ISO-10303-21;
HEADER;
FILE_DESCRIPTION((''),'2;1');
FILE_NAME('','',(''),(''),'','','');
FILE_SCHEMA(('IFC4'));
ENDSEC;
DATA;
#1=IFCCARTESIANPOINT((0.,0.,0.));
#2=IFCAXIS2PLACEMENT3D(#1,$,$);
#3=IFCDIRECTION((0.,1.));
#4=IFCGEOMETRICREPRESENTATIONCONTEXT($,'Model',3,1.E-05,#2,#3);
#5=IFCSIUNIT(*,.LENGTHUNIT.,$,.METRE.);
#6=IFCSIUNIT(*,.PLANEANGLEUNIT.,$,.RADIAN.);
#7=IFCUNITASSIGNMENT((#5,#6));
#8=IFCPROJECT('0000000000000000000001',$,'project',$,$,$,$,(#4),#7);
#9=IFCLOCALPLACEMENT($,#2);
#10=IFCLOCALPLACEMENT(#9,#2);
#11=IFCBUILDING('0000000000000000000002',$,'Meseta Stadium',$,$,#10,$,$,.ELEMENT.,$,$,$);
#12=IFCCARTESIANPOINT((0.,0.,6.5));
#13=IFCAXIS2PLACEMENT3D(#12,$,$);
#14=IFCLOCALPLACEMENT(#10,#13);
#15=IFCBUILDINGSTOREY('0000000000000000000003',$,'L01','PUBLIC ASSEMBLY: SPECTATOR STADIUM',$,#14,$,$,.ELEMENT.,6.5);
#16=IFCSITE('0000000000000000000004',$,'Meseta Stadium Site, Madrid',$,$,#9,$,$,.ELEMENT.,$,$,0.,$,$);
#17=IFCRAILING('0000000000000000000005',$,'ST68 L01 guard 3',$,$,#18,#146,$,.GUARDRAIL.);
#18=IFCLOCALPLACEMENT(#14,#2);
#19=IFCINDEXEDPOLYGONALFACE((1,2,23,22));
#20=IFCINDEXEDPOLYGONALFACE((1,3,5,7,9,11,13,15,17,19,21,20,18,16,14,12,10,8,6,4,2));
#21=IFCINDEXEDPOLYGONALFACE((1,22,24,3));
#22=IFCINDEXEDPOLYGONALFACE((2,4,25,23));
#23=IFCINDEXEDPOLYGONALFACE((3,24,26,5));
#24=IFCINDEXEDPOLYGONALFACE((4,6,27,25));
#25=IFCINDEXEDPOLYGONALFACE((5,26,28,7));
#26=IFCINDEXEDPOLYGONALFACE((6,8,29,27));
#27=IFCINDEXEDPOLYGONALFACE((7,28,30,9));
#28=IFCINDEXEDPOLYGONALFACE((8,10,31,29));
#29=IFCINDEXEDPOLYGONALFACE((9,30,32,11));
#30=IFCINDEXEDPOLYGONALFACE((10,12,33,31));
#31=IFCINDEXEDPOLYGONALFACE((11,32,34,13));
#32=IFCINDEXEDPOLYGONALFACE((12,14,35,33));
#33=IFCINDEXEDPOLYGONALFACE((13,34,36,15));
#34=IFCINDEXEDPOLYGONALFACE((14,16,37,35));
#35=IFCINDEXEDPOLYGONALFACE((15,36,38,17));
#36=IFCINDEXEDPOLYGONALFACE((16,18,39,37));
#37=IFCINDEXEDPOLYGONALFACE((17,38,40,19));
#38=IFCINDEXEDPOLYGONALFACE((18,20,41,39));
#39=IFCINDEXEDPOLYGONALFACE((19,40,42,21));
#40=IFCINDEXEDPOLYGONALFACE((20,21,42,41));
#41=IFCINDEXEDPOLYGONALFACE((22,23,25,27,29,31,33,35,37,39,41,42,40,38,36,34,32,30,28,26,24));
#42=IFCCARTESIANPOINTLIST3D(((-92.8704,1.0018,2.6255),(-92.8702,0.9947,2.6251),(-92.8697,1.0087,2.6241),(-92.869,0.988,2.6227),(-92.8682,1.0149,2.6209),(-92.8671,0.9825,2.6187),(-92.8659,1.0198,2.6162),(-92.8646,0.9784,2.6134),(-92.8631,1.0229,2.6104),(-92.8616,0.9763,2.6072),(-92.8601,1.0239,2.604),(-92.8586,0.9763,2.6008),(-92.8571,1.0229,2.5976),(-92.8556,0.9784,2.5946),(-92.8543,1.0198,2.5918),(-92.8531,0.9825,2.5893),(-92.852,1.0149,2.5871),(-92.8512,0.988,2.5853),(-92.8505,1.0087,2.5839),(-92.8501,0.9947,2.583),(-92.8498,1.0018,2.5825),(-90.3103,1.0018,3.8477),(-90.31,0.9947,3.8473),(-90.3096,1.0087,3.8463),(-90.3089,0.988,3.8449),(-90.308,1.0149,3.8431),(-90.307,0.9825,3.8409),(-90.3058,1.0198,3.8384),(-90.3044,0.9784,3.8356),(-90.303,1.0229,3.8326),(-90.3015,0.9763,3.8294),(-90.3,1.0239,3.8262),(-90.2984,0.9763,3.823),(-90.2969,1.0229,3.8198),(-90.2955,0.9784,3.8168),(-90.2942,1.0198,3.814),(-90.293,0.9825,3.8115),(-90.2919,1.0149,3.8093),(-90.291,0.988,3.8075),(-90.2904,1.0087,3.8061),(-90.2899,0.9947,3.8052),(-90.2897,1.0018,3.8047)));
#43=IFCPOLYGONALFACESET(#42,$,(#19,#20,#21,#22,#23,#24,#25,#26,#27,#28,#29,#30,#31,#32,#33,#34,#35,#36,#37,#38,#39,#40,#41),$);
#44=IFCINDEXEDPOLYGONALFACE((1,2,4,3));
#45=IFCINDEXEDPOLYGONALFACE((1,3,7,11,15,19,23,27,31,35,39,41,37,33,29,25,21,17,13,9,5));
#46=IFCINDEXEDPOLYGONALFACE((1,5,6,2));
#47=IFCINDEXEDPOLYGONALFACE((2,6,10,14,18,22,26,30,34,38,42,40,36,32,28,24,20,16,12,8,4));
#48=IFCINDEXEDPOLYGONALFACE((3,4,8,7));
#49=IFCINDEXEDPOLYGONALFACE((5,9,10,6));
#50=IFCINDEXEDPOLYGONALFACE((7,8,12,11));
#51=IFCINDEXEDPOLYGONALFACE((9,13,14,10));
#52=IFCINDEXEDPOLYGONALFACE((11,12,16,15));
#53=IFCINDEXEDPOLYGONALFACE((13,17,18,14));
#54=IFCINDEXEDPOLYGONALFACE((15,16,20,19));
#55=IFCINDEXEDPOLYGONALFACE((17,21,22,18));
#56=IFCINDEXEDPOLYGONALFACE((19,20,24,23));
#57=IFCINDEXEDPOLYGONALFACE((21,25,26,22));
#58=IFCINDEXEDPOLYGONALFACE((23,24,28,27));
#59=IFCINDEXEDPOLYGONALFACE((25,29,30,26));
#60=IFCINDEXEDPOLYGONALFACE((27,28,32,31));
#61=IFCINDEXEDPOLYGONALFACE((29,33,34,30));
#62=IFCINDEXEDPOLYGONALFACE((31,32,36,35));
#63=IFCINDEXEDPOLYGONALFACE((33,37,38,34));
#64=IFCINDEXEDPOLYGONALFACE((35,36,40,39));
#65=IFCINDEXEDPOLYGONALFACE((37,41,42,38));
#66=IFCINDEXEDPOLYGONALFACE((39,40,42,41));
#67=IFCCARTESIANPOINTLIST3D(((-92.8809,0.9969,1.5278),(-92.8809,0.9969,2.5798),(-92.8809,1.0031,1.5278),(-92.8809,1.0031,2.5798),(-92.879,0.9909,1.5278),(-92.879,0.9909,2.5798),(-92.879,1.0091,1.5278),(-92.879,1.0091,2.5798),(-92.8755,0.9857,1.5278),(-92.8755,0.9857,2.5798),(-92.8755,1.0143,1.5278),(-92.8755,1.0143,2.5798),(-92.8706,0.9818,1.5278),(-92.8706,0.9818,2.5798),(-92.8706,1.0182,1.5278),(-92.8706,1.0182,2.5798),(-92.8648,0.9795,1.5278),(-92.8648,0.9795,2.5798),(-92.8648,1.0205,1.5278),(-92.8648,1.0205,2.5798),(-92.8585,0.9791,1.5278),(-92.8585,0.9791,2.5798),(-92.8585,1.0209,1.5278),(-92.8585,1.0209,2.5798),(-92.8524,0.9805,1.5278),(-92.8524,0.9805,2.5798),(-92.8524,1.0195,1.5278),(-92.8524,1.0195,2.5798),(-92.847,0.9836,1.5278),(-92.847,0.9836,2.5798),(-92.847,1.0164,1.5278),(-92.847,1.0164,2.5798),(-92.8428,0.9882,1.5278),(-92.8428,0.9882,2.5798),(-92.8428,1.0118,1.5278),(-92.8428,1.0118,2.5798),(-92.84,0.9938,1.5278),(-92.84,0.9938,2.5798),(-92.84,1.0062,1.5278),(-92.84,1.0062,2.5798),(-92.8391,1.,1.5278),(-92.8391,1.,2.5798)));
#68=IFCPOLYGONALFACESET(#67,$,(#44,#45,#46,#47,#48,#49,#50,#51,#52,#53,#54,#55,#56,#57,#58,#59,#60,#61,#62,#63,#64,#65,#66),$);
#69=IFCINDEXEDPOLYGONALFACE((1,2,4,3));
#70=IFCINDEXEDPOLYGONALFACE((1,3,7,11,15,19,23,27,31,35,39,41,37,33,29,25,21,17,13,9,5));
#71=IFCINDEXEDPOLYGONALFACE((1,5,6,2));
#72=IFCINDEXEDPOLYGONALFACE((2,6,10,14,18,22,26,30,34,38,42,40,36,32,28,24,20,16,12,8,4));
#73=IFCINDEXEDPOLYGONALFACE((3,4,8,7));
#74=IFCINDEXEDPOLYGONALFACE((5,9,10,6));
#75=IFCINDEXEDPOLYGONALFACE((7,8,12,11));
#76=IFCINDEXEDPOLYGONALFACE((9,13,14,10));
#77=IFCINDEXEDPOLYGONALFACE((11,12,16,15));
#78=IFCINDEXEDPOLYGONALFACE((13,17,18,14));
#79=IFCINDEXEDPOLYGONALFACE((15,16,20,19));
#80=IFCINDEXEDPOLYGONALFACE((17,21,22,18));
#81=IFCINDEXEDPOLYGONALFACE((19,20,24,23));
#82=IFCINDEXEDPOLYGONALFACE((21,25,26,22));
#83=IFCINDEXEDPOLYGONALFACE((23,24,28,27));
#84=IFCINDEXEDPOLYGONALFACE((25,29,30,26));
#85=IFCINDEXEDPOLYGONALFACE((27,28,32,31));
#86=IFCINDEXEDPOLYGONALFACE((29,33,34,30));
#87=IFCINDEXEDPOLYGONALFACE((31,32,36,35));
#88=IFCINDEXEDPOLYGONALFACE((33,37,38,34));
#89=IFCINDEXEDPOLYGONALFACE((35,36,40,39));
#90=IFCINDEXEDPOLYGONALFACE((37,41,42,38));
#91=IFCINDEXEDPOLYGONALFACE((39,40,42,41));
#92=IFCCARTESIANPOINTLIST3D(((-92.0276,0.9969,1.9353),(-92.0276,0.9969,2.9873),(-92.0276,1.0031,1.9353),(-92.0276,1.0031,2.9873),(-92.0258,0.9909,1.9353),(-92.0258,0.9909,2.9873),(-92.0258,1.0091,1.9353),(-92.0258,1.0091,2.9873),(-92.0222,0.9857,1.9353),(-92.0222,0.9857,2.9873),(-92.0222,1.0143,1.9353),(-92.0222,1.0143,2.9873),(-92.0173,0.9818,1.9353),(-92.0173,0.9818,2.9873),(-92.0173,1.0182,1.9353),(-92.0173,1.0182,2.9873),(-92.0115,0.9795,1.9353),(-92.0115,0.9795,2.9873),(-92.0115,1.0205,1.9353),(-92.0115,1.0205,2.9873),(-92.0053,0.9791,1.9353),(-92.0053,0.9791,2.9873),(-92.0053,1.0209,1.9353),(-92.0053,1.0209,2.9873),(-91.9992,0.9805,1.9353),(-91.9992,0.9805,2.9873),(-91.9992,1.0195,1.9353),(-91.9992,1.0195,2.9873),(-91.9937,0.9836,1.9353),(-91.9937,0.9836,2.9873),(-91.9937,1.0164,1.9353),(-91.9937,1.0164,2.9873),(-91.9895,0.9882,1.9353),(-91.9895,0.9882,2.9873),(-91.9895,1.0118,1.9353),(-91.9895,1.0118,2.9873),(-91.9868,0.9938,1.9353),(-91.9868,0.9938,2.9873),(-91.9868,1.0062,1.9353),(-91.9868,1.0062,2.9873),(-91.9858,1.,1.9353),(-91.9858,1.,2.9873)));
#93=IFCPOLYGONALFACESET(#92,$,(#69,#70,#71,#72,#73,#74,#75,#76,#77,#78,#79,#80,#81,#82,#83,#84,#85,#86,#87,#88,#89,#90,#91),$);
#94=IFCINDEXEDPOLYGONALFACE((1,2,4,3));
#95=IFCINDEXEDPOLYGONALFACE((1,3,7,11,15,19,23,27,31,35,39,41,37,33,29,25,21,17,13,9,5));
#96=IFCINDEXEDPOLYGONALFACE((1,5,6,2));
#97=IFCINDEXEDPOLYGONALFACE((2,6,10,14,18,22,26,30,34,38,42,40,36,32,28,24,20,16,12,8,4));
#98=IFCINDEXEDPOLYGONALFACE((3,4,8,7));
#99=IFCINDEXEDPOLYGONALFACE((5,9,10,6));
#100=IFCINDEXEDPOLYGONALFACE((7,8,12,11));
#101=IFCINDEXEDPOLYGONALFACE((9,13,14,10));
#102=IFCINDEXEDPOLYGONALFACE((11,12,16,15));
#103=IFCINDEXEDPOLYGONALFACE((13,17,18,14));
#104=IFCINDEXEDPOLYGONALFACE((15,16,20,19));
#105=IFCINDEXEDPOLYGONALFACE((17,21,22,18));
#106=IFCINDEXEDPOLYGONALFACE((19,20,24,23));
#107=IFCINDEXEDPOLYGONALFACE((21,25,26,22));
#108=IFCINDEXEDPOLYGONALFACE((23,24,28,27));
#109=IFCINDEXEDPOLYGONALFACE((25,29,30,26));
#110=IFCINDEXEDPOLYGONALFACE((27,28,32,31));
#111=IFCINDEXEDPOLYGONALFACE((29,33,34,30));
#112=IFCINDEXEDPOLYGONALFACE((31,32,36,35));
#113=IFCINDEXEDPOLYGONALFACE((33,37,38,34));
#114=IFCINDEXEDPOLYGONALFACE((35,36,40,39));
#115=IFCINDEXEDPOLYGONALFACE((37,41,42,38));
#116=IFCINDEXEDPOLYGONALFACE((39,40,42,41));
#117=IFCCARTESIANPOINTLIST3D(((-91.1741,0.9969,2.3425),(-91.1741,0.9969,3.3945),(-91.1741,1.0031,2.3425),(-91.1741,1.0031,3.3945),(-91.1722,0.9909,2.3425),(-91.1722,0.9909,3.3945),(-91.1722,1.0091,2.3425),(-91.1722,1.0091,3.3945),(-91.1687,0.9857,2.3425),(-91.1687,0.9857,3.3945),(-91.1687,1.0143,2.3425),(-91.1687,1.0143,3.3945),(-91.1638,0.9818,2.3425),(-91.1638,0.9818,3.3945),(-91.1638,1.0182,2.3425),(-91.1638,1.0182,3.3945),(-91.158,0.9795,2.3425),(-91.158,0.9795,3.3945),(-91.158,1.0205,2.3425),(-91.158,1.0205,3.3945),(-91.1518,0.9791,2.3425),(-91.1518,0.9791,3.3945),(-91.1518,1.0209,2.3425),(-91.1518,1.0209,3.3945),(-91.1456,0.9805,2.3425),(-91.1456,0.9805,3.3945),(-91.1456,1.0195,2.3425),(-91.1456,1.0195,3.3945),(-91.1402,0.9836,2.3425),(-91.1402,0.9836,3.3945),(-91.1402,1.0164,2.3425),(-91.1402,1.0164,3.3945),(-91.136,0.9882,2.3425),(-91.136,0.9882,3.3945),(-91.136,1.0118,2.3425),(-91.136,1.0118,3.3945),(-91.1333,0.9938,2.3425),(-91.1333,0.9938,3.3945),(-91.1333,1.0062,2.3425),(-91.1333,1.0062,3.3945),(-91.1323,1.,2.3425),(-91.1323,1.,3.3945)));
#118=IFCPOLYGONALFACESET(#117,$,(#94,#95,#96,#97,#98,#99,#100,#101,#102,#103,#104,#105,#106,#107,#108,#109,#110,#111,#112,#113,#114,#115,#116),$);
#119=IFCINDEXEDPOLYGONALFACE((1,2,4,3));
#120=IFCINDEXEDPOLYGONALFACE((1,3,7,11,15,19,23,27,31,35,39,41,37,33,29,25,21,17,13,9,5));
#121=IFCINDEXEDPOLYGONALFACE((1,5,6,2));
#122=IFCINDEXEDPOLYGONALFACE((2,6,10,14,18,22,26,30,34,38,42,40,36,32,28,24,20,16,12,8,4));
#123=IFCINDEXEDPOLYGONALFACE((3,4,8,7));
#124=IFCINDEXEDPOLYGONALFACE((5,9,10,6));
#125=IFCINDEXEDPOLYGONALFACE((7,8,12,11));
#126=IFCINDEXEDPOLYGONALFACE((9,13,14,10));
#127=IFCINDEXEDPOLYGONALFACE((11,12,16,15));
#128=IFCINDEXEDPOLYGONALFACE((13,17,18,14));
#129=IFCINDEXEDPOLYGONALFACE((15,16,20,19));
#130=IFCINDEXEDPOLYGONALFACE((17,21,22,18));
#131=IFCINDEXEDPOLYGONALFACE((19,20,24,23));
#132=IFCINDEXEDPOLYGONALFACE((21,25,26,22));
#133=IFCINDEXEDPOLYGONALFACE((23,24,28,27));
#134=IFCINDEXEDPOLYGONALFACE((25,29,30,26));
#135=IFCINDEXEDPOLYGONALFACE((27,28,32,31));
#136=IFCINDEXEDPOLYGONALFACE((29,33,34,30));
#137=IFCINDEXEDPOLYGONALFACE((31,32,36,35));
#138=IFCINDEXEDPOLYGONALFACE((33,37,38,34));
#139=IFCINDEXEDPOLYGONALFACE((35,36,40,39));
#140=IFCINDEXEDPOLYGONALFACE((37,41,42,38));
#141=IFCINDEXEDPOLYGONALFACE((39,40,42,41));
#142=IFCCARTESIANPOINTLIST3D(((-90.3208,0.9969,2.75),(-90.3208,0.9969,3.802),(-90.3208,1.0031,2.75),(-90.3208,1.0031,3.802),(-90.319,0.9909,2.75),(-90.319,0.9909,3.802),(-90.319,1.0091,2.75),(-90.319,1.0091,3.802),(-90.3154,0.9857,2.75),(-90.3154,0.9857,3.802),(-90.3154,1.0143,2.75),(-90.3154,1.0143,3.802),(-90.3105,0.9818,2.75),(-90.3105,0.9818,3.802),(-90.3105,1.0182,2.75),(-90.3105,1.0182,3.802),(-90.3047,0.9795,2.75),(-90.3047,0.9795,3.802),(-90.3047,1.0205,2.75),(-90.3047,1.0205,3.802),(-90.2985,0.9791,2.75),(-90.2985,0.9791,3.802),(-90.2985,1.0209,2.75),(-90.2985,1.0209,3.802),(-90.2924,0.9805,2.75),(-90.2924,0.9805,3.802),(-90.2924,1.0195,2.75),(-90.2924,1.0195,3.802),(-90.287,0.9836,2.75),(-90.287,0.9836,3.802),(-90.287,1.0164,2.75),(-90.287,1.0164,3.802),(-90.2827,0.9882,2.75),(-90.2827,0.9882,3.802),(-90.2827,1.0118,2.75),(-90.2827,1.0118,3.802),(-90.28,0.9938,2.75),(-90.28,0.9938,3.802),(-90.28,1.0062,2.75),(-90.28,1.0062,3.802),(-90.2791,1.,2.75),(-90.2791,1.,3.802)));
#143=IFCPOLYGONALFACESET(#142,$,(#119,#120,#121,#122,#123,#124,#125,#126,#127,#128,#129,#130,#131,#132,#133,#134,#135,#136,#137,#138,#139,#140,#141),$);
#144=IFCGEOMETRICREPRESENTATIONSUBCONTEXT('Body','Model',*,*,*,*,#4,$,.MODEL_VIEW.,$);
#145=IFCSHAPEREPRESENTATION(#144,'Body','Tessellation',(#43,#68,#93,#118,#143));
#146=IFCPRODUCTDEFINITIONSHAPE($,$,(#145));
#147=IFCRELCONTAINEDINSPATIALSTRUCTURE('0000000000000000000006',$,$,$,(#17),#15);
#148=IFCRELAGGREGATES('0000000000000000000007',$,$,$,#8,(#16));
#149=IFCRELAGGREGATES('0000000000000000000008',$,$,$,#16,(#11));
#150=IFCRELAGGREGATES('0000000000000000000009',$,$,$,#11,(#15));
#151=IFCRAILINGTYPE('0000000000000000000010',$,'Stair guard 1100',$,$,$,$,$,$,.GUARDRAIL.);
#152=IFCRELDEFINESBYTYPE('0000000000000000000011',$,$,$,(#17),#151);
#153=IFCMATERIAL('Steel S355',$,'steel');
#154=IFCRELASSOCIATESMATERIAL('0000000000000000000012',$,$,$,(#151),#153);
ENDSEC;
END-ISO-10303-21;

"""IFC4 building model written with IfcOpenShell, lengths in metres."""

from ifc_helpers import new_model, si_unit, direction, frame, origin, origin_2d, place, context, subcontext, project, spatial, circle, extrude, material, type_object, element, save


model = new_model("IFC4")

# Units and contexts
model_context = context("Model", 3, precision=1e-05, world=origin(), true_north=direction((0.0, 1.0)))
body_context = subcontext(model_context, "Body", "Model", "MODEL_VIEW")
ifc_project = project(units=[si_unit("LENGTHUNIT", "METRE"), si_unit("PLANEANGLEUNIT", "RADIAN")], contexts=[model_context])

# Site, building, storey
site_placement = place(None, origin())
site = spatial("IfcSite", under=ifc_project, at=site_placement, Name="Meseta Stadium Site, Madrid", CompositionType="ELEMENT", RefElevation=0.0)
building_placement = place(site_placement, origin())
building = spatial("IfcBuilding", under=site, at=building_placement, Name="Meseta Stadium", CompositionType="ELEMENT")
storey_placement = place(building_placement, frame((0.0, 0.0, 6.5)))
storey = spatial("IfcBuildingStorey", under=building, at=storey_placement, Name="L01", Description="PUBLIC ASSEMBLY: SPECTATOR STADIUM", CompositionType="ELEMENT", Elevation=6.5)

# Railing
ifc_material_1 = material(Name="Steel S355", Category="steel")
railing_type_1 = type_object("IfcRailingType", Name="Stair guard 1100", PredefinedType="GUARDRAIL", material=ifc_material_1)
railing_1_placement = place(storey_placement, frame((-92.8601, 1.0, 1.5278)))
element("IfcRailing", 1, at=railing_1_placement, inside=storey, type_object=railing_type_1, Name="ST68 L01 guard 3", PredefinedType="GUARDRAIL", context=body_context, shape_type="SweptSolid", body=[
    extrude(circle(Radius=0.0239, at=origin_2d()), frame((0.0, 0.0, 1.0762), z_axis=(0.902437, 0.0, 0.430822), x_axis=(0.0, 1.0, 0.0)), (0.0, 0.0, 1.0), 2.8369),
    extrude(circle(Radius=0.021, at=origin_2d()), origin(), (0.0, 0.0, 1.0), 1.052),
    extrude(circle(Radius=0.021, at=origin_2d()), frame((0.8533, 0.0, 0.4075)), (0.0, 0.0, 1.0), 1.052),
    extrude(circle(Radius=0.021, at=origin_2d()), frame((1.7068, 0.0, 0.8147)), (0.0, 0.0, 1.0), 1.052),
    extrude(circle(Radius=0.021, at=origin_2d()), frame((2.5601, 0.0, 1.2222)), (0.0, 0.0, 1.0), 1.052),
])

save(model, "model.ifc")
